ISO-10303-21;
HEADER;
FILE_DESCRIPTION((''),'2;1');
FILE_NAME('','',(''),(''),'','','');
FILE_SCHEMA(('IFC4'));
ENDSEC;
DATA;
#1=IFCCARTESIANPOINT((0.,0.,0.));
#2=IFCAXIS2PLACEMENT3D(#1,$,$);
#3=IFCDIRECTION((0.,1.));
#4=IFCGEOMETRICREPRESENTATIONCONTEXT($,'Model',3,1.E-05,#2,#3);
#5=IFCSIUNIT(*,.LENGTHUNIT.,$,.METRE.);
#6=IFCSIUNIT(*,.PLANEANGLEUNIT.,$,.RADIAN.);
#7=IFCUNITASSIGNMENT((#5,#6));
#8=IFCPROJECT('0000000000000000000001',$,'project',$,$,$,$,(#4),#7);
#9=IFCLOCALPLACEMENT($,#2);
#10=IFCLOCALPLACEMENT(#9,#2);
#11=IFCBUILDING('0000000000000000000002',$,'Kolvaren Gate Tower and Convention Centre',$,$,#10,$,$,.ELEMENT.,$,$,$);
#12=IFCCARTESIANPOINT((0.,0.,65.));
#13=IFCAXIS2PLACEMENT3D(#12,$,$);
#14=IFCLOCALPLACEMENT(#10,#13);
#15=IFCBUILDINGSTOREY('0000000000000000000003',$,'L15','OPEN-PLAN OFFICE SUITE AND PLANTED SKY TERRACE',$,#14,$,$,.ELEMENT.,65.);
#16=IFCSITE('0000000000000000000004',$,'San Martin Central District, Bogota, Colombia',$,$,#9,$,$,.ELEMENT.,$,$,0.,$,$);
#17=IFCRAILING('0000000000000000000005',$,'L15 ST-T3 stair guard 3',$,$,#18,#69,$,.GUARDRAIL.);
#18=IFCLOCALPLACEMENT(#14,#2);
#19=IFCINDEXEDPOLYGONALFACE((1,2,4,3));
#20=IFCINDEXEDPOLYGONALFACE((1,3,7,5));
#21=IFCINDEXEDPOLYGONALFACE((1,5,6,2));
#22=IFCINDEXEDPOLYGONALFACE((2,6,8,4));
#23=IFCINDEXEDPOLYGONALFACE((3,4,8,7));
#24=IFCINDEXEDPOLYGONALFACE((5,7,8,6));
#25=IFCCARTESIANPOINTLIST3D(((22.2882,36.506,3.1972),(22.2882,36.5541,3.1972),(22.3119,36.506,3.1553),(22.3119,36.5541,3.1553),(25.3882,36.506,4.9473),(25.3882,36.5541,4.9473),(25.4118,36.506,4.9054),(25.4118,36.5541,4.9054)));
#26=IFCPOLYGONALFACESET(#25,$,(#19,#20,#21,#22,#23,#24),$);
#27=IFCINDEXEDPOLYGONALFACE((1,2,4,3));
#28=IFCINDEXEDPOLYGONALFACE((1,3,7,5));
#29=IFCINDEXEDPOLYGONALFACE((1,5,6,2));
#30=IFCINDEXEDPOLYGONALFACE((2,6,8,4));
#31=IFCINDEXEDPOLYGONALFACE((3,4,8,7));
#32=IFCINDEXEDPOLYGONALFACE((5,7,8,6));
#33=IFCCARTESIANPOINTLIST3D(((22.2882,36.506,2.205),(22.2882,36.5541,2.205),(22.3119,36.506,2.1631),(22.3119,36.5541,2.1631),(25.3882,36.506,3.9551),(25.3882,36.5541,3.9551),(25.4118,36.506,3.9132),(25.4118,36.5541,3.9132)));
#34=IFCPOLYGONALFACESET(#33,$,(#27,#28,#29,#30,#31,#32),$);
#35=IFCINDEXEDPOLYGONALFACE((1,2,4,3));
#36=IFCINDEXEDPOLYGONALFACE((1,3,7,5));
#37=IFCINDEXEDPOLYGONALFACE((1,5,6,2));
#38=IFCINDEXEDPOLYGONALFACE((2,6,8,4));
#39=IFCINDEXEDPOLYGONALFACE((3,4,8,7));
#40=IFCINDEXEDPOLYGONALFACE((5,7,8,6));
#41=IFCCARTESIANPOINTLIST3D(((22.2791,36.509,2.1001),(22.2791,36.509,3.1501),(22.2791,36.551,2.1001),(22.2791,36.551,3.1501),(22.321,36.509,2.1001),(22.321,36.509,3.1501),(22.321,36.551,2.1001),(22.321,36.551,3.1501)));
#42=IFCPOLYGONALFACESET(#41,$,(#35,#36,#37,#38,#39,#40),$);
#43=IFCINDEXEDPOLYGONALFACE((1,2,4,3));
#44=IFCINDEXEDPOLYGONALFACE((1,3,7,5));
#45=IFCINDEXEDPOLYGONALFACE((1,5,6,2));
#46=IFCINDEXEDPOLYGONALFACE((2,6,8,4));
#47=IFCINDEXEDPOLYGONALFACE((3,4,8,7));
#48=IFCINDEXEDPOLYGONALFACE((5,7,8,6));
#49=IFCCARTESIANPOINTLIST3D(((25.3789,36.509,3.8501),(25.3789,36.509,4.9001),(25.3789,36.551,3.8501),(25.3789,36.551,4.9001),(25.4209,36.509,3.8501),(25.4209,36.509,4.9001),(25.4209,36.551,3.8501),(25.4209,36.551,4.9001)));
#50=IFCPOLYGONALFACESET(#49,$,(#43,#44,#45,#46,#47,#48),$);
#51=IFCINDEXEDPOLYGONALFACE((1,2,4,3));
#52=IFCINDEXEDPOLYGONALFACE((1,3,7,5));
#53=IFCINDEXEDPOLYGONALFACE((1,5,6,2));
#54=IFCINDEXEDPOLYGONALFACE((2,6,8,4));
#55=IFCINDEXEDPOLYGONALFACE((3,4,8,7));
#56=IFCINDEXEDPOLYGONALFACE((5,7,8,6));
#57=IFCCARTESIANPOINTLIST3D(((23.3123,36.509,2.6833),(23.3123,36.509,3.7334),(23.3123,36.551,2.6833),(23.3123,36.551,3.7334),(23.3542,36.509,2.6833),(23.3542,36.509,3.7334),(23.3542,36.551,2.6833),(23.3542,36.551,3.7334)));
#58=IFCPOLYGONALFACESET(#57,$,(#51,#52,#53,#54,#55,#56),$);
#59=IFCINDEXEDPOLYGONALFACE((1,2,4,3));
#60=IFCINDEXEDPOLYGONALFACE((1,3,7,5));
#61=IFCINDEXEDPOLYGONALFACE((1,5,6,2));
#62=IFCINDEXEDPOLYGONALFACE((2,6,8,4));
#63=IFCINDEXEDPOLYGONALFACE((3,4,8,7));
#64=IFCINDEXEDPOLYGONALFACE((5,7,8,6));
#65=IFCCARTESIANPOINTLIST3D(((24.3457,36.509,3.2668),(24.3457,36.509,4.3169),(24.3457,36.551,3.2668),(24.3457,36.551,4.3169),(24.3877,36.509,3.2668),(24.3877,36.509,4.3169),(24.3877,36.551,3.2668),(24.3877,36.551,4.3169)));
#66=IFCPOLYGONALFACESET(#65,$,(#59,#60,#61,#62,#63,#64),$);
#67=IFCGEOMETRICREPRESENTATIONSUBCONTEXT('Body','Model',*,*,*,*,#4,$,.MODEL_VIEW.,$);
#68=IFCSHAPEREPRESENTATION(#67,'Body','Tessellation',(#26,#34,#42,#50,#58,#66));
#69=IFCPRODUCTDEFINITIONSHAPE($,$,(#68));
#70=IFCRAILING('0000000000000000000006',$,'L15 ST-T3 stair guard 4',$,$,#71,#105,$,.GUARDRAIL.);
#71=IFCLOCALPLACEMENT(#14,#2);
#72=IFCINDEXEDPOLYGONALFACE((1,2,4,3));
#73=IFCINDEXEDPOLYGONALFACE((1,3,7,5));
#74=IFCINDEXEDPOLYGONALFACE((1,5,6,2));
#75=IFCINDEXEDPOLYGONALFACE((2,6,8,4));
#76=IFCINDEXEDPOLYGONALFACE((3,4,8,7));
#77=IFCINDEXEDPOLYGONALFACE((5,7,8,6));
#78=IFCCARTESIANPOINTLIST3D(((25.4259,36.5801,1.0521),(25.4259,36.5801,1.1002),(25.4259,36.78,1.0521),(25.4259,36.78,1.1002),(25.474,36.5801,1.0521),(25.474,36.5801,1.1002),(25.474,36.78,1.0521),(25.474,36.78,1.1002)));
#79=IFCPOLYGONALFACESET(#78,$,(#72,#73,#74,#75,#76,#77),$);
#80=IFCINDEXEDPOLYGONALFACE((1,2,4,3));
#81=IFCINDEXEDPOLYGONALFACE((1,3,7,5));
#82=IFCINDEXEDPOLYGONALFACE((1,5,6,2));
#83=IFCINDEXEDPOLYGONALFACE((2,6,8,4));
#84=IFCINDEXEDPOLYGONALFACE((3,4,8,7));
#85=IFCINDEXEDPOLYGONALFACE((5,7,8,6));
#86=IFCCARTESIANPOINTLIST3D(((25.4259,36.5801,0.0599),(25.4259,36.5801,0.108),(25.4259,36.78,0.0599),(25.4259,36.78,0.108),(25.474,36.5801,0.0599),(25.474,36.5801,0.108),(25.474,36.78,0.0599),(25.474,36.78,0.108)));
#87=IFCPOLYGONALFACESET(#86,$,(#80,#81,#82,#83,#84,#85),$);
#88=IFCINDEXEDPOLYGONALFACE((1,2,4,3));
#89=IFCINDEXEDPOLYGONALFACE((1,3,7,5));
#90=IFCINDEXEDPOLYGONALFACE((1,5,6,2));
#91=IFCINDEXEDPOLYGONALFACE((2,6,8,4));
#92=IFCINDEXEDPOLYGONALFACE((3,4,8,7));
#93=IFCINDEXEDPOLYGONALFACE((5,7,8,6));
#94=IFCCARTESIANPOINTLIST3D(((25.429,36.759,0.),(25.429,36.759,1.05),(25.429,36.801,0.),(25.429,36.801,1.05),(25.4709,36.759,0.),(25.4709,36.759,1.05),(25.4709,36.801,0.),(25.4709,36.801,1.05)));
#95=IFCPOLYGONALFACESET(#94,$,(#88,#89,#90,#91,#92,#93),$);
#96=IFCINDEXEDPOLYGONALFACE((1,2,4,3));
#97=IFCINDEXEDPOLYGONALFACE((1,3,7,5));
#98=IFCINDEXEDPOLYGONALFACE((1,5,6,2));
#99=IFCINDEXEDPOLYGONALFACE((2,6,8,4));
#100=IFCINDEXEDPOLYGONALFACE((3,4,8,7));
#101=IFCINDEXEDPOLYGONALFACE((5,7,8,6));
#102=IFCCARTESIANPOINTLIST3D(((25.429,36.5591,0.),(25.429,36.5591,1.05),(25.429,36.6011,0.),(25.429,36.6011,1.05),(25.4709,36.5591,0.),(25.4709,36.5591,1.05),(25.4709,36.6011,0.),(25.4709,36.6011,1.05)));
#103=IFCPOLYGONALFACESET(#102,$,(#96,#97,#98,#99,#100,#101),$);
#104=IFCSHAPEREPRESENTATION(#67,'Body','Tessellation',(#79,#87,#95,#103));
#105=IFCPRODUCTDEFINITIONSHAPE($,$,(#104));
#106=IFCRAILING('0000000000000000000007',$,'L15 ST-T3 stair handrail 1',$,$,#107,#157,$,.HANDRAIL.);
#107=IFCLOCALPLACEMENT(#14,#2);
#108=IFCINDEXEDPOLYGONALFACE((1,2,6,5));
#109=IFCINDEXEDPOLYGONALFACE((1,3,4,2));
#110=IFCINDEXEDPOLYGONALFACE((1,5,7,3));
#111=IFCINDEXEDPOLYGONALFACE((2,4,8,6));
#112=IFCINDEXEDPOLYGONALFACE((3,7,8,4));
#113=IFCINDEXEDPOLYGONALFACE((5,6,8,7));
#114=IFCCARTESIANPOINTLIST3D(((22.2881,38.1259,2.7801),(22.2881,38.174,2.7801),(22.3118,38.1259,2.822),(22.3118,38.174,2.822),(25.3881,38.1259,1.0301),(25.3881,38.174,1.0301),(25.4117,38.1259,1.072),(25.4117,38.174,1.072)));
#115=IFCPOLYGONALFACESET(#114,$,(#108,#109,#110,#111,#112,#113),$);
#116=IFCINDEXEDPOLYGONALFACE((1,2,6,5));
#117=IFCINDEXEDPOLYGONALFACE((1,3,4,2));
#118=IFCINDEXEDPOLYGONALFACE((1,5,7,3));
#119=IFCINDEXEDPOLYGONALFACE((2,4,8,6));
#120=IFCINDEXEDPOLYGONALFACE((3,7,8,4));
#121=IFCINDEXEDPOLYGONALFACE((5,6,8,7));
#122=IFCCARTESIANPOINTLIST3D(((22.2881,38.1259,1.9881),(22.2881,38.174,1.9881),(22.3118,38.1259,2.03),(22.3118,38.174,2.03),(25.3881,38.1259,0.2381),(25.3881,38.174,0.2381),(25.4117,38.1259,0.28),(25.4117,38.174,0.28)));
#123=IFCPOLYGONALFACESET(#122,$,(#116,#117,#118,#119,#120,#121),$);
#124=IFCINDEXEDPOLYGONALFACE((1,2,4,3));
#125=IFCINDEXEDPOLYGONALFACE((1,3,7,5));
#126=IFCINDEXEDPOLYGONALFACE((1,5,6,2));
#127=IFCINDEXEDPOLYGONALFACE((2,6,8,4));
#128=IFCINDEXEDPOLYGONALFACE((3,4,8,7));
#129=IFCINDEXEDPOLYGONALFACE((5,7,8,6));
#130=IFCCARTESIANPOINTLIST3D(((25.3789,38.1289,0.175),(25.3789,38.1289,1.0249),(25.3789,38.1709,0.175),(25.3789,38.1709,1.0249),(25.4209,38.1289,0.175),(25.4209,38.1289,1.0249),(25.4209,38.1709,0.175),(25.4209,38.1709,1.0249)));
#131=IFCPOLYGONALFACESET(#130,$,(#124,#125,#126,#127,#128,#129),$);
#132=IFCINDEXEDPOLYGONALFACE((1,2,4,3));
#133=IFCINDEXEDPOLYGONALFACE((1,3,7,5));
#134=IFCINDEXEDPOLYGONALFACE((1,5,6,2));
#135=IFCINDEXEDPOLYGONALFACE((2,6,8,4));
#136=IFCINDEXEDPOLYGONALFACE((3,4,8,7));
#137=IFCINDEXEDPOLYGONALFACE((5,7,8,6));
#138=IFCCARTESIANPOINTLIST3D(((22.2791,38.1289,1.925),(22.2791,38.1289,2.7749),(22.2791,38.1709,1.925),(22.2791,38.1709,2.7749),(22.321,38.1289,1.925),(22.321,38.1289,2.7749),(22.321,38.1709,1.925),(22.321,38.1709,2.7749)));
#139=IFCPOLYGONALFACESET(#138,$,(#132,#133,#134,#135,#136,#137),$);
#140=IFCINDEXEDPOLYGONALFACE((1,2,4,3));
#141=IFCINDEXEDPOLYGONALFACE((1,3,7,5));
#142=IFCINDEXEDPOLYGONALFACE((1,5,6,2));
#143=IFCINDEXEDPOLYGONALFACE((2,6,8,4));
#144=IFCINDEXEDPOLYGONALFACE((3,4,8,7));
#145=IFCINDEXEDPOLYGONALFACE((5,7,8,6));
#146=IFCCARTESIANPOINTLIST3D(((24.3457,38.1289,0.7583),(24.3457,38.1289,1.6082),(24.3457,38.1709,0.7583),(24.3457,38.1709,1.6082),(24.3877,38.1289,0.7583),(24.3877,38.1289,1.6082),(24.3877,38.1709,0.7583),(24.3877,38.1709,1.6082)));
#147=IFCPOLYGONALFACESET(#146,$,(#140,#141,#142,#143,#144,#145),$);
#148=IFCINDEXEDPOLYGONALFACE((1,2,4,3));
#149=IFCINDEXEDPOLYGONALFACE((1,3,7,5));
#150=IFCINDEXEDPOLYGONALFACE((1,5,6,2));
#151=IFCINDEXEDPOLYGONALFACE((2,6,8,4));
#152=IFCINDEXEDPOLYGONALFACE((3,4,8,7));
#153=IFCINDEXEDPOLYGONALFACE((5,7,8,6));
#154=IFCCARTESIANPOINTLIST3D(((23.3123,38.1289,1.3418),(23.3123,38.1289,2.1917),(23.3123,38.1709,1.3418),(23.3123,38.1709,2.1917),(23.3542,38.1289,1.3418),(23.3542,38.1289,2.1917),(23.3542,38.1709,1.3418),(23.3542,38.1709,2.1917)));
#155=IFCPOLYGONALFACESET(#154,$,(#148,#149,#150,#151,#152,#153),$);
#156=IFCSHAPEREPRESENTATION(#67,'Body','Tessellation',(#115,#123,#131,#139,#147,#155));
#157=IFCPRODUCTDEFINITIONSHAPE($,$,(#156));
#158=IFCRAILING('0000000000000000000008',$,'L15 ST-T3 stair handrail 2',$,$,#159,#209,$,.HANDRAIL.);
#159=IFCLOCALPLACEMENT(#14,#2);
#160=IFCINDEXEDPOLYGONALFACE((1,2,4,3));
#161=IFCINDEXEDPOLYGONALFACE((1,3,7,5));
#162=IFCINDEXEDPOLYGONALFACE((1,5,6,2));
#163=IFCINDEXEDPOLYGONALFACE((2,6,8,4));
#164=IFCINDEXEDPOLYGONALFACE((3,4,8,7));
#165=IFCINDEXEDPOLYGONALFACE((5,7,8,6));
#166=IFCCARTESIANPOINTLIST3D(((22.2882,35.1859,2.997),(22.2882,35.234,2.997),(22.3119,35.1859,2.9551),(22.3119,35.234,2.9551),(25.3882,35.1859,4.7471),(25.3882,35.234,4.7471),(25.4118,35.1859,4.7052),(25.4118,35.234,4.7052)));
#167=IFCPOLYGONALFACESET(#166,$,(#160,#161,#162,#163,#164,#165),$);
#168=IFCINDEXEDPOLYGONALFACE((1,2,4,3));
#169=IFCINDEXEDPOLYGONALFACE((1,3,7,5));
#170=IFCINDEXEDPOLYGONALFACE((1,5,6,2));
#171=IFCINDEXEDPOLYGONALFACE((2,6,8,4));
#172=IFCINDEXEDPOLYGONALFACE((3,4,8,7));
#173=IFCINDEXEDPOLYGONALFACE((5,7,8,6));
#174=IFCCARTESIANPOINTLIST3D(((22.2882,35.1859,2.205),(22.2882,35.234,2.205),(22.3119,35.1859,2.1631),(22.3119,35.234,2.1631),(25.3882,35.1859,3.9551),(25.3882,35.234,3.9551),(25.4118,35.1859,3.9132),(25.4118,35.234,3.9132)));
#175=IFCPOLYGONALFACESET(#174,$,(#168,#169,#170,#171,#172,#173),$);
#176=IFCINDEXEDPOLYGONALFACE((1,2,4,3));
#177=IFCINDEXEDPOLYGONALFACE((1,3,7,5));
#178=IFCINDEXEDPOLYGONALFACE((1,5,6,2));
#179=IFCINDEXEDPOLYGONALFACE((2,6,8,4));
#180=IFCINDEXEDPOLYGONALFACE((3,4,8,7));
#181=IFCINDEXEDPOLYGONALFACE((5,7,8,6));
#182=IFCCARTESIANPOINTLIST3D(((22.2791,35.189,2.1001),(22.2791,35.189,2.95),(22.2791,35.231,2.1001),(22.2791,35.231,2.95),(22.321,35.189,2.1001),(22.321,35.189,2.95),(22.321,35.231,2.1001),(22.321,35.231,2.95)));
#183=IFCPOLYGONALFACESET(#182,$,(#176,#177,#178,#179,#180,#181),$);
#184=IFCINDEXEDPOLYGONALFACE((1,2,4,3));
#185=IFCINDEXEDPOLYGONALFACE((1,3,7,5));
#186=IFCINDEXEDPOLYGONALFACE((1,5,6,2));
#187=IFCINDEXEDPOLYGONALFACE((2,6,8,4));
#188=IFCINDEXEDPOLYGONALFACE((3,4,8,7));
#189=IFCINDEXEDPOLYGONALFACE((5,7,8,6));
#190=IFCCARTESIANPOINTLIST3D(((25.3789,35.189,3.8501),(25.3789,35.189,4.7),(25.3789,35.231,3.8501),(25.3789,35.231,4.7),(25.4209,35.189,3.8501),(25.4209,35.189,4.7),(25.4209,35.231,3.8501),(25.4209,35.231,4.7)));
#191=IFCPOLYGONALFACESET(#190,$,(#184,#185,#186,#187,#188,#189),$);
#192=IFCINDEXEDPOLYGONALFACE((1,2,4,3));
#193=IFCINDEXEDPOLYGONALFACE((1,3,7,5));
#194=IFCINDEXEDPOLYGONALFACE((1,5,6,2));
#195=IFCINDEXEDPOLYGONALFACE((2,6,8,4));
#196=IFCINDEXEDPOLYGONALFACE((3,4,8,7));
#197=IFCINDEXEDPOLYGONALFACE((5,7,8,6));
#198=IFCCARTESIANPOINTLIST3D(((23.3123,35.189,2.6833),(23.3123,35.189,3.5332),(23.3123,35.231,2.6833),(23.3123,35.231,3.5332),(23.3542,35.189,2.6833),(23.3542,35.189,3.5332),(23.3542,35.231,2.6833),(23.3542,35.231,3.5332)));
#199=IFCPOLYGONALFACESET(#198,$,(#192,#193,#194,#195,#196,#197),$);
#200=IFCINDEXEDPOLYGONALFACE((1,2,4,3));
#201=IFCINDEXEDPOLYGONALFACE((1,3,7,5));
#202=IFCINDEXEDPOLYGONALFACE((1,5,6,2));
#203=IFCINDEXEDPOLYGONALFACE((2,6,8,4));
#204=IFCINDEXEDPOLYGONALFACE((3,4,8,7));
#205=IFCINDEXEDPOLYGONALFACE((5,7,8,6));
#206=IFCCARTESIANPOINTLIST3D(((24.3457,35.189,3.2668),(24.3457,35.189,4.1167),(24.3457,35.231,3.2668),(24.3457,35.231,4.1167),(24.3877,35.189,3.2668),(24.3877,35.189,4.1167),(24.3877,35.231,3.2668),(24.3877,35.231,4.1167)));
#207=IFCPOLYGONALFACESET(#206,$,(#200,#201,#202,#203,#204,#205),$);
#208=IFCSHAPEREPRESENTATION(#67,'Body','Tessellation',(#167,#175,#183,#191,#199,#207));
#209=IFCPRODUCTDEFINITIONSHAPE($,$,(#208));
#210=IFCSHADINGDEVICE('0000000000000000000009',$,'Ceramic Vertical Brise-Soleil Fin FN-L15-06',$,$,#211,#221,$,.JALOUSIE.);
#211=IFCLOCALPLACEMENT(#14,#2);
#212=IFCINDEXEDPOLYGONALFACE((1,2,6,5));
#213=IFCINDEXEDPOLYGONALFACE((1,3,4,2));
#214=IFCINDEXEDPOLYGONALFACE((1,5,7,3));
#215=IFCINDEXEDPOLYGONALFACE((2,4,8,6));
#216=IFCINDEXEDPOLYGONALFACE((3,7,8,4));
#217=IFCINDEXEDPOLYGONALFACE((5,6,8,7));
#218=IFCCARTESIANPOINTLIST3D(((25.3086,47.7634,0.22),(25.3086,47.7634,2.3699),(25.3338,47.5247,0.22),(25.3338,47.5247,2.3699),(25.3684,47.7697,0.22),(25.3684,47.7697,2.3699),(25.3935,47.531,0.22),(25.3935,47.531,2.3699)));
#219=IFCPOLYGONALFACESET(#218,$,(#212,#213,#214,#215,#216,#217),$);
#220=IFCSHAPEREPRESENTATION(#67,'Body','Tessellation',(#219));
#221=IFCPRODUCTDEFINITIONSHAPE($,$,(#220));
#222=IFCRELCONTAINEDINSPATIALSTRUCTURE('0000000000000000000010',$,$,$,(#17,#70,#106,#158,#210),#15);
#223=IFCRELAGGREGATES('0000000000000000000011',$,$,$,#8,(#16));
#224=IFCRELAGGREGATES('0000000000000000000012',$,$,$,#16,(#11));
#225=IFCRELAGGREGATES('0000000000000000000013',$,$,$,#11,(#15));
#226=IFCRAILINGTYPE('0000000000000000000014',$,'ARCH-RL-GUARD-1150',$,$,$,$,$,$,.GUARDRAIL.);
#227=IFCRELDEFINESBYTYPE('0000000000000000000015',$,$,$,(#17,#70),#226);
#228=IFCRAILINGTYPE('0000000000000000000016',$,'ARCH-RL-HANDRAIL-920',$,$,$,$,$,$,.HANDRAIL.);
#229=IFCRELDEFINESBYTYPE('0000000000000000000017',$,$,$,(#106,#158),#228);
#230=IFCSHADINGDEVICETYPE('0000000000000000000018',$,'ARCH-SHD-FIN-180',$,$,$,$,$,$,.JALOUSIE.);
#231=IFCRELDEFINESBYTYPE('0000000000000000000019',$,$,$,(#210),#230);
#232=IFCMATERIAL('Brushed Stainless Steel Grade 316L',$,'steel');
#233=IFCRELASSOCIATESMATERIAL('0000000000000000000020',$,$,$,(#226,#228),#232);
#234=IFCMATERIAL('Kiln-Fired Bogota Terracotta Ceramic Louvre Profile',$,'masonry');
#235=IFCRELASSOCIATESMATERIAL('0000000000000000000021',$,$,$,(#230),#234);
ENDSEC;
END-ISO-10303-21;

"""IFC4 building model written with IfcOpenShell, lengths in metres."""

from ifc_helpers import new_model, si_unit, direction, frame, origin, origin_2d, place, context, subcontext, project, spatial, rectangle, extrude, material, type_object, element, save


model = new_model("IFC4")

# Units and contexts
model_context = context("Model", 3, precision=1e-05, world=origin(), true_north=direction((0.0, 1.0)))
body_context = subcontext(model_context, "Body", "Model", "MODEL_VIEW")
ifc_project = project(units=[si_unit("LENGTHUNIT", "METRE"), si_unit("PLANEANGLEUNIT", "RADIAN")], contexts=[model_context])

# Site, building, storey
site_placement = place(None, origin())
site = spatial("IfcSite", under=ifc_project, at=site_placement, Name="San Martin Central District, Bogota, Colombia", CompositionType="ELEMENT", RefElevation=0.0)
building_placement = place(site_placement, origin())
building = spatial("IfcBuilding", under=site, at=building_placement, Name="Kolvaren Gate Tower and Convention Centre", CompositionType="ELEMENT")
storey_placement = place(building_placement, frame((0.0, 0.0, 65.0)))
storey = spatial("IfcBuildingStorey", under=building, at=storey_placement, Name="L15", Description="OPEN-PLAN OFFICE SUITE AND PLANTED SKY TERRACE", CompositionType="ELEMENT", Elevation=65.0)

# Railings
ifc_material_1 = material(Name="Brushed Stainless Steel Grade 316L", Category="steel")
railing_type_1 = type_object("IfcRailingType", Name="ARCH-RL-GUARD-1150", PredefinedType="GUARDRAIL", material=ifc_material_1)
railing_1_placement = place(storey_placement, frame((22.3, 36.53, 2.1001)))
element("IfcRailing", 1, at=railing_1_placement, inside=storey, type_object=railing_type_1, Name="L15 ST-T3 stair guard 3", PredefinedType="GUARDRAIL", context=body_context, shape_type="SweptSolid", body=[
    extrude(rectangle(XDim=0.0481, YDim=0.0481, at=origin_2d()), frame((0.0, 0.0, 1.0762), z_axis=(0.870814, 0.0, 0.491612), x_axis=(0.0, 1.0, 0.0)), (0.0, 0.0, 1.0), 3.5598),
    extrude(rectangle(XDim=0.0481, YDim=0.0481, at=origin_2d()), frame((0.0, 0.0, 0.084), z_axis=(0.870814, 0.0, 0.491612), x_axis=(0.0, 1.0, 0.0)), (0.0, 0.0, 1.0), 3.5598),
    extrude(rectangle(XDim=0.042, YDim=0.042, at=origin_2d()), origin(), (0.0, 0.0, 1.0), 1.05),
    extrude(rectangle(XDim=0.042, YDim=0.042, at=origin_2d()), frame((3.0999, 0.0, 1.75)), (0.0, 0.0, 1.0), 1.05),
    extrude(rectangle(XDim=0.042, YDim=0.042, at=origin_2d()), frame((1.0332, 0.0, 0.5833)), (0.0, 0.0, 1.0), 1.05),
    extrude(rectangle(XDim=0.042, YDim=0.042, at=origin_2d()), frame((2.0667, 0.0, 1.1667)), (0.0, 0.0, 1.0), 1.05),
])
railing_2_placement = place(storey_placement, frame((25.45, 36.78, 0.0)))
element("IfcRailing", 2, at=railing_2_placement, inside=storey, type_object=railing_type_1, Name="L15 ST-T3 stair guard 4", PredefinedType="GUARDRAIL", context=body_context, shape_type="SweptSolid", body=[
    extrude(rectangle(XDim=0.0481, YDim=0.0481, at=origin_2d()), frame((0.0, 0.0, 1.0762), z_axis=(0.0, -1.0, 0.0), x_axis=(1.0, 0.0, 0.0)), (0.0, 0.0, 1.0), 0.2),
    extrude(rectangle(XDim=0.0481, YDim=0.0481, at=origin_2d()), frame((0.0, 0.0, 0.084), z_axis=(0.0, -1.0, 0.0), x_axis=(1.0, 0.0, 0.0)), (0.0, 0.0, 1.0), 0.2),
    extrude(rectangle(XDim=0.042, YDim=0.042, at=origin_2d()), origin(), (0.0, 0.0, 1.0), 1.05),
    extrude(rectangle(XDim=0.042, YDim=0.042, at=origin_2d()), frame((0.0, -0.2, 0.0)), (0.0, 0.0, 1.0), 1.05),
])
railing_type_2 = type_object("IfcRailingType", Name="ARCH-RL-HANDRAIL-920", PredefinedType="HANDRAIL", material=ifc_material_1)
railing_3_placement = place(storey_placement, frame((25.3999, 38.1499, 0.175)))
element("IfcRailing", 3, at=railing_3_placement, inside=storey, type_object=railing_type_2, Name="L15 ST-T3 stair handrail 1", PredefinedType="HANDRAIL", context=body_context, shape_type="SweptSolid", body=[
    extrude(rectangle(XDim=0.0481, YDim=0.0481, at=origin_2d()), frame((0.0, 0.0, 0.876), z_axis=(-0.870814, 0.0, 0.491612), x_axis=(0.0, -1.0, 0.0)), (0.0, 0.0, 1.0), 3.5598),
    extrude(rectangle(XDim=0.0481, YDim=0.0481, at=origin_2d()), frame((0.0, 0.0, 0.084), z_axis=(-0.870814, 0.0, 0.491612), x_axis=(0.0, -1.0, 0.0)), (0.0, 0.0, 1.0), 3.5598),
    extrude(rectangle(XDim=0.042, YDim=0.042, at=origin_2d()), origin(), (0.0, 0.0, 1.0), 0.8499),
    extrude(rectangle(XDim=0.042, YDim=0.042, at=origin_2d()), frame((-3.0999, 0.0, 1.75)), (0.0, 0.0, 1.0), 0.8499),
    extrude(rectangle(XDim=0.042, YDim=0.042, at=origin_2d()), frame((-1.0332, 0.0, 0.5833)), (0.0, 0.0, 1.0), 0.8499),
    extrude(rectangle(XDim=0.042, YDim=0.042, at=origin_2d()), frame((-2.0667, 0.0, 1.1667)), (0.0, 0.0, 1.0), 0.8499),
])
railing_4_placement = place(storey_placement, frame((22.3, 35.21, 2.1001)))
element("IfcRailing", 4, at=railing_4_placement, inside=storey, type_object=railing_type_2, Name="L15 ST-T3 stair handrail 2", PredefinedType="HANDRAIL", context=body_context, shape_type="SweptSolid", body=[
    extrude(rectangle(XDim=0.0481, YDim=0.0481, at=origin_2d()), frame((0.0, 0.0, 0.876), z_axis=(0.870814, 0.0, 0.491612), x_axis=(0.0, 1.0, 0.0)), (0.0, 0.0, 1.0), 3.5598),
    extrude(rectangle(XDim=0.0481, YDim=0.0481, at=origin_2d()), frame((0.0, 0.0, 0.084), z_axis=(0.870814, 0.0, 0.491612), x_axis=(0.0, 1.0, 0.0)), (0.0, 0.0, 1.0), 3.5598),
    extrude(rectangle(XDim=0.042, YDim=0.042, at=origin_2d()), origin(), (0.0, 0.0, 1.0), 0.8499),
    extrude(rectangle(XDim=0.042, YDim=0.042, at=origin_2d()), frame((3.0999, 0.0, 1.75)), (0.0, 0.0, 1.0), 0.8499),
    extrude(rectangle(XDim=0.042, YDim=0.042, at=origin_2d()), frame((1.0332, 0.0, 0.5833)), (0.0, 0.0, 1.0), 0.8499),
    extrude(rectangle(XDim=0.042, YDim=0.042, at=origin_2d()), frame((2.0667, 0.0, 1.1667)), (0.0, 0.0, 1.0), 0.8499),
])

# Shading device
ifc_material_2 = material(Name="Kiln-Fired Bogota Terracotta Ceramic Louvre Profile", Category="masonry")
shading_device_type = type_object("IfcShadingDeviceType", Name="ARCH-SHD-FIN-180", PredefinedType="JALOUSIE", material=ifc_material_2)
shading_device_placement = place(storey_placement, frame((25.3511, 47.6472, 0.22), z_axis=(0.0, 0.0, 1.0), x_axis=(0.994499, 0.104747, 0.0)))
element("IfcShadingDevice", 5, at=shading_device_placement, inside=storey, type_object=shading_device_type, Name="Ceramic Vertical Brise-Soleil Fin FN-L15-06", PredefinedType="JALOUSIE", context=body_context, shape_type="SweptSolid", body=[
    extrude(rectangle(XDim=0.0601, YDim=0.24, at=origin_2d()), origin(), (0.0, 0.0, 1.0), 2.1499),
])

save(model, "model.ifc")
